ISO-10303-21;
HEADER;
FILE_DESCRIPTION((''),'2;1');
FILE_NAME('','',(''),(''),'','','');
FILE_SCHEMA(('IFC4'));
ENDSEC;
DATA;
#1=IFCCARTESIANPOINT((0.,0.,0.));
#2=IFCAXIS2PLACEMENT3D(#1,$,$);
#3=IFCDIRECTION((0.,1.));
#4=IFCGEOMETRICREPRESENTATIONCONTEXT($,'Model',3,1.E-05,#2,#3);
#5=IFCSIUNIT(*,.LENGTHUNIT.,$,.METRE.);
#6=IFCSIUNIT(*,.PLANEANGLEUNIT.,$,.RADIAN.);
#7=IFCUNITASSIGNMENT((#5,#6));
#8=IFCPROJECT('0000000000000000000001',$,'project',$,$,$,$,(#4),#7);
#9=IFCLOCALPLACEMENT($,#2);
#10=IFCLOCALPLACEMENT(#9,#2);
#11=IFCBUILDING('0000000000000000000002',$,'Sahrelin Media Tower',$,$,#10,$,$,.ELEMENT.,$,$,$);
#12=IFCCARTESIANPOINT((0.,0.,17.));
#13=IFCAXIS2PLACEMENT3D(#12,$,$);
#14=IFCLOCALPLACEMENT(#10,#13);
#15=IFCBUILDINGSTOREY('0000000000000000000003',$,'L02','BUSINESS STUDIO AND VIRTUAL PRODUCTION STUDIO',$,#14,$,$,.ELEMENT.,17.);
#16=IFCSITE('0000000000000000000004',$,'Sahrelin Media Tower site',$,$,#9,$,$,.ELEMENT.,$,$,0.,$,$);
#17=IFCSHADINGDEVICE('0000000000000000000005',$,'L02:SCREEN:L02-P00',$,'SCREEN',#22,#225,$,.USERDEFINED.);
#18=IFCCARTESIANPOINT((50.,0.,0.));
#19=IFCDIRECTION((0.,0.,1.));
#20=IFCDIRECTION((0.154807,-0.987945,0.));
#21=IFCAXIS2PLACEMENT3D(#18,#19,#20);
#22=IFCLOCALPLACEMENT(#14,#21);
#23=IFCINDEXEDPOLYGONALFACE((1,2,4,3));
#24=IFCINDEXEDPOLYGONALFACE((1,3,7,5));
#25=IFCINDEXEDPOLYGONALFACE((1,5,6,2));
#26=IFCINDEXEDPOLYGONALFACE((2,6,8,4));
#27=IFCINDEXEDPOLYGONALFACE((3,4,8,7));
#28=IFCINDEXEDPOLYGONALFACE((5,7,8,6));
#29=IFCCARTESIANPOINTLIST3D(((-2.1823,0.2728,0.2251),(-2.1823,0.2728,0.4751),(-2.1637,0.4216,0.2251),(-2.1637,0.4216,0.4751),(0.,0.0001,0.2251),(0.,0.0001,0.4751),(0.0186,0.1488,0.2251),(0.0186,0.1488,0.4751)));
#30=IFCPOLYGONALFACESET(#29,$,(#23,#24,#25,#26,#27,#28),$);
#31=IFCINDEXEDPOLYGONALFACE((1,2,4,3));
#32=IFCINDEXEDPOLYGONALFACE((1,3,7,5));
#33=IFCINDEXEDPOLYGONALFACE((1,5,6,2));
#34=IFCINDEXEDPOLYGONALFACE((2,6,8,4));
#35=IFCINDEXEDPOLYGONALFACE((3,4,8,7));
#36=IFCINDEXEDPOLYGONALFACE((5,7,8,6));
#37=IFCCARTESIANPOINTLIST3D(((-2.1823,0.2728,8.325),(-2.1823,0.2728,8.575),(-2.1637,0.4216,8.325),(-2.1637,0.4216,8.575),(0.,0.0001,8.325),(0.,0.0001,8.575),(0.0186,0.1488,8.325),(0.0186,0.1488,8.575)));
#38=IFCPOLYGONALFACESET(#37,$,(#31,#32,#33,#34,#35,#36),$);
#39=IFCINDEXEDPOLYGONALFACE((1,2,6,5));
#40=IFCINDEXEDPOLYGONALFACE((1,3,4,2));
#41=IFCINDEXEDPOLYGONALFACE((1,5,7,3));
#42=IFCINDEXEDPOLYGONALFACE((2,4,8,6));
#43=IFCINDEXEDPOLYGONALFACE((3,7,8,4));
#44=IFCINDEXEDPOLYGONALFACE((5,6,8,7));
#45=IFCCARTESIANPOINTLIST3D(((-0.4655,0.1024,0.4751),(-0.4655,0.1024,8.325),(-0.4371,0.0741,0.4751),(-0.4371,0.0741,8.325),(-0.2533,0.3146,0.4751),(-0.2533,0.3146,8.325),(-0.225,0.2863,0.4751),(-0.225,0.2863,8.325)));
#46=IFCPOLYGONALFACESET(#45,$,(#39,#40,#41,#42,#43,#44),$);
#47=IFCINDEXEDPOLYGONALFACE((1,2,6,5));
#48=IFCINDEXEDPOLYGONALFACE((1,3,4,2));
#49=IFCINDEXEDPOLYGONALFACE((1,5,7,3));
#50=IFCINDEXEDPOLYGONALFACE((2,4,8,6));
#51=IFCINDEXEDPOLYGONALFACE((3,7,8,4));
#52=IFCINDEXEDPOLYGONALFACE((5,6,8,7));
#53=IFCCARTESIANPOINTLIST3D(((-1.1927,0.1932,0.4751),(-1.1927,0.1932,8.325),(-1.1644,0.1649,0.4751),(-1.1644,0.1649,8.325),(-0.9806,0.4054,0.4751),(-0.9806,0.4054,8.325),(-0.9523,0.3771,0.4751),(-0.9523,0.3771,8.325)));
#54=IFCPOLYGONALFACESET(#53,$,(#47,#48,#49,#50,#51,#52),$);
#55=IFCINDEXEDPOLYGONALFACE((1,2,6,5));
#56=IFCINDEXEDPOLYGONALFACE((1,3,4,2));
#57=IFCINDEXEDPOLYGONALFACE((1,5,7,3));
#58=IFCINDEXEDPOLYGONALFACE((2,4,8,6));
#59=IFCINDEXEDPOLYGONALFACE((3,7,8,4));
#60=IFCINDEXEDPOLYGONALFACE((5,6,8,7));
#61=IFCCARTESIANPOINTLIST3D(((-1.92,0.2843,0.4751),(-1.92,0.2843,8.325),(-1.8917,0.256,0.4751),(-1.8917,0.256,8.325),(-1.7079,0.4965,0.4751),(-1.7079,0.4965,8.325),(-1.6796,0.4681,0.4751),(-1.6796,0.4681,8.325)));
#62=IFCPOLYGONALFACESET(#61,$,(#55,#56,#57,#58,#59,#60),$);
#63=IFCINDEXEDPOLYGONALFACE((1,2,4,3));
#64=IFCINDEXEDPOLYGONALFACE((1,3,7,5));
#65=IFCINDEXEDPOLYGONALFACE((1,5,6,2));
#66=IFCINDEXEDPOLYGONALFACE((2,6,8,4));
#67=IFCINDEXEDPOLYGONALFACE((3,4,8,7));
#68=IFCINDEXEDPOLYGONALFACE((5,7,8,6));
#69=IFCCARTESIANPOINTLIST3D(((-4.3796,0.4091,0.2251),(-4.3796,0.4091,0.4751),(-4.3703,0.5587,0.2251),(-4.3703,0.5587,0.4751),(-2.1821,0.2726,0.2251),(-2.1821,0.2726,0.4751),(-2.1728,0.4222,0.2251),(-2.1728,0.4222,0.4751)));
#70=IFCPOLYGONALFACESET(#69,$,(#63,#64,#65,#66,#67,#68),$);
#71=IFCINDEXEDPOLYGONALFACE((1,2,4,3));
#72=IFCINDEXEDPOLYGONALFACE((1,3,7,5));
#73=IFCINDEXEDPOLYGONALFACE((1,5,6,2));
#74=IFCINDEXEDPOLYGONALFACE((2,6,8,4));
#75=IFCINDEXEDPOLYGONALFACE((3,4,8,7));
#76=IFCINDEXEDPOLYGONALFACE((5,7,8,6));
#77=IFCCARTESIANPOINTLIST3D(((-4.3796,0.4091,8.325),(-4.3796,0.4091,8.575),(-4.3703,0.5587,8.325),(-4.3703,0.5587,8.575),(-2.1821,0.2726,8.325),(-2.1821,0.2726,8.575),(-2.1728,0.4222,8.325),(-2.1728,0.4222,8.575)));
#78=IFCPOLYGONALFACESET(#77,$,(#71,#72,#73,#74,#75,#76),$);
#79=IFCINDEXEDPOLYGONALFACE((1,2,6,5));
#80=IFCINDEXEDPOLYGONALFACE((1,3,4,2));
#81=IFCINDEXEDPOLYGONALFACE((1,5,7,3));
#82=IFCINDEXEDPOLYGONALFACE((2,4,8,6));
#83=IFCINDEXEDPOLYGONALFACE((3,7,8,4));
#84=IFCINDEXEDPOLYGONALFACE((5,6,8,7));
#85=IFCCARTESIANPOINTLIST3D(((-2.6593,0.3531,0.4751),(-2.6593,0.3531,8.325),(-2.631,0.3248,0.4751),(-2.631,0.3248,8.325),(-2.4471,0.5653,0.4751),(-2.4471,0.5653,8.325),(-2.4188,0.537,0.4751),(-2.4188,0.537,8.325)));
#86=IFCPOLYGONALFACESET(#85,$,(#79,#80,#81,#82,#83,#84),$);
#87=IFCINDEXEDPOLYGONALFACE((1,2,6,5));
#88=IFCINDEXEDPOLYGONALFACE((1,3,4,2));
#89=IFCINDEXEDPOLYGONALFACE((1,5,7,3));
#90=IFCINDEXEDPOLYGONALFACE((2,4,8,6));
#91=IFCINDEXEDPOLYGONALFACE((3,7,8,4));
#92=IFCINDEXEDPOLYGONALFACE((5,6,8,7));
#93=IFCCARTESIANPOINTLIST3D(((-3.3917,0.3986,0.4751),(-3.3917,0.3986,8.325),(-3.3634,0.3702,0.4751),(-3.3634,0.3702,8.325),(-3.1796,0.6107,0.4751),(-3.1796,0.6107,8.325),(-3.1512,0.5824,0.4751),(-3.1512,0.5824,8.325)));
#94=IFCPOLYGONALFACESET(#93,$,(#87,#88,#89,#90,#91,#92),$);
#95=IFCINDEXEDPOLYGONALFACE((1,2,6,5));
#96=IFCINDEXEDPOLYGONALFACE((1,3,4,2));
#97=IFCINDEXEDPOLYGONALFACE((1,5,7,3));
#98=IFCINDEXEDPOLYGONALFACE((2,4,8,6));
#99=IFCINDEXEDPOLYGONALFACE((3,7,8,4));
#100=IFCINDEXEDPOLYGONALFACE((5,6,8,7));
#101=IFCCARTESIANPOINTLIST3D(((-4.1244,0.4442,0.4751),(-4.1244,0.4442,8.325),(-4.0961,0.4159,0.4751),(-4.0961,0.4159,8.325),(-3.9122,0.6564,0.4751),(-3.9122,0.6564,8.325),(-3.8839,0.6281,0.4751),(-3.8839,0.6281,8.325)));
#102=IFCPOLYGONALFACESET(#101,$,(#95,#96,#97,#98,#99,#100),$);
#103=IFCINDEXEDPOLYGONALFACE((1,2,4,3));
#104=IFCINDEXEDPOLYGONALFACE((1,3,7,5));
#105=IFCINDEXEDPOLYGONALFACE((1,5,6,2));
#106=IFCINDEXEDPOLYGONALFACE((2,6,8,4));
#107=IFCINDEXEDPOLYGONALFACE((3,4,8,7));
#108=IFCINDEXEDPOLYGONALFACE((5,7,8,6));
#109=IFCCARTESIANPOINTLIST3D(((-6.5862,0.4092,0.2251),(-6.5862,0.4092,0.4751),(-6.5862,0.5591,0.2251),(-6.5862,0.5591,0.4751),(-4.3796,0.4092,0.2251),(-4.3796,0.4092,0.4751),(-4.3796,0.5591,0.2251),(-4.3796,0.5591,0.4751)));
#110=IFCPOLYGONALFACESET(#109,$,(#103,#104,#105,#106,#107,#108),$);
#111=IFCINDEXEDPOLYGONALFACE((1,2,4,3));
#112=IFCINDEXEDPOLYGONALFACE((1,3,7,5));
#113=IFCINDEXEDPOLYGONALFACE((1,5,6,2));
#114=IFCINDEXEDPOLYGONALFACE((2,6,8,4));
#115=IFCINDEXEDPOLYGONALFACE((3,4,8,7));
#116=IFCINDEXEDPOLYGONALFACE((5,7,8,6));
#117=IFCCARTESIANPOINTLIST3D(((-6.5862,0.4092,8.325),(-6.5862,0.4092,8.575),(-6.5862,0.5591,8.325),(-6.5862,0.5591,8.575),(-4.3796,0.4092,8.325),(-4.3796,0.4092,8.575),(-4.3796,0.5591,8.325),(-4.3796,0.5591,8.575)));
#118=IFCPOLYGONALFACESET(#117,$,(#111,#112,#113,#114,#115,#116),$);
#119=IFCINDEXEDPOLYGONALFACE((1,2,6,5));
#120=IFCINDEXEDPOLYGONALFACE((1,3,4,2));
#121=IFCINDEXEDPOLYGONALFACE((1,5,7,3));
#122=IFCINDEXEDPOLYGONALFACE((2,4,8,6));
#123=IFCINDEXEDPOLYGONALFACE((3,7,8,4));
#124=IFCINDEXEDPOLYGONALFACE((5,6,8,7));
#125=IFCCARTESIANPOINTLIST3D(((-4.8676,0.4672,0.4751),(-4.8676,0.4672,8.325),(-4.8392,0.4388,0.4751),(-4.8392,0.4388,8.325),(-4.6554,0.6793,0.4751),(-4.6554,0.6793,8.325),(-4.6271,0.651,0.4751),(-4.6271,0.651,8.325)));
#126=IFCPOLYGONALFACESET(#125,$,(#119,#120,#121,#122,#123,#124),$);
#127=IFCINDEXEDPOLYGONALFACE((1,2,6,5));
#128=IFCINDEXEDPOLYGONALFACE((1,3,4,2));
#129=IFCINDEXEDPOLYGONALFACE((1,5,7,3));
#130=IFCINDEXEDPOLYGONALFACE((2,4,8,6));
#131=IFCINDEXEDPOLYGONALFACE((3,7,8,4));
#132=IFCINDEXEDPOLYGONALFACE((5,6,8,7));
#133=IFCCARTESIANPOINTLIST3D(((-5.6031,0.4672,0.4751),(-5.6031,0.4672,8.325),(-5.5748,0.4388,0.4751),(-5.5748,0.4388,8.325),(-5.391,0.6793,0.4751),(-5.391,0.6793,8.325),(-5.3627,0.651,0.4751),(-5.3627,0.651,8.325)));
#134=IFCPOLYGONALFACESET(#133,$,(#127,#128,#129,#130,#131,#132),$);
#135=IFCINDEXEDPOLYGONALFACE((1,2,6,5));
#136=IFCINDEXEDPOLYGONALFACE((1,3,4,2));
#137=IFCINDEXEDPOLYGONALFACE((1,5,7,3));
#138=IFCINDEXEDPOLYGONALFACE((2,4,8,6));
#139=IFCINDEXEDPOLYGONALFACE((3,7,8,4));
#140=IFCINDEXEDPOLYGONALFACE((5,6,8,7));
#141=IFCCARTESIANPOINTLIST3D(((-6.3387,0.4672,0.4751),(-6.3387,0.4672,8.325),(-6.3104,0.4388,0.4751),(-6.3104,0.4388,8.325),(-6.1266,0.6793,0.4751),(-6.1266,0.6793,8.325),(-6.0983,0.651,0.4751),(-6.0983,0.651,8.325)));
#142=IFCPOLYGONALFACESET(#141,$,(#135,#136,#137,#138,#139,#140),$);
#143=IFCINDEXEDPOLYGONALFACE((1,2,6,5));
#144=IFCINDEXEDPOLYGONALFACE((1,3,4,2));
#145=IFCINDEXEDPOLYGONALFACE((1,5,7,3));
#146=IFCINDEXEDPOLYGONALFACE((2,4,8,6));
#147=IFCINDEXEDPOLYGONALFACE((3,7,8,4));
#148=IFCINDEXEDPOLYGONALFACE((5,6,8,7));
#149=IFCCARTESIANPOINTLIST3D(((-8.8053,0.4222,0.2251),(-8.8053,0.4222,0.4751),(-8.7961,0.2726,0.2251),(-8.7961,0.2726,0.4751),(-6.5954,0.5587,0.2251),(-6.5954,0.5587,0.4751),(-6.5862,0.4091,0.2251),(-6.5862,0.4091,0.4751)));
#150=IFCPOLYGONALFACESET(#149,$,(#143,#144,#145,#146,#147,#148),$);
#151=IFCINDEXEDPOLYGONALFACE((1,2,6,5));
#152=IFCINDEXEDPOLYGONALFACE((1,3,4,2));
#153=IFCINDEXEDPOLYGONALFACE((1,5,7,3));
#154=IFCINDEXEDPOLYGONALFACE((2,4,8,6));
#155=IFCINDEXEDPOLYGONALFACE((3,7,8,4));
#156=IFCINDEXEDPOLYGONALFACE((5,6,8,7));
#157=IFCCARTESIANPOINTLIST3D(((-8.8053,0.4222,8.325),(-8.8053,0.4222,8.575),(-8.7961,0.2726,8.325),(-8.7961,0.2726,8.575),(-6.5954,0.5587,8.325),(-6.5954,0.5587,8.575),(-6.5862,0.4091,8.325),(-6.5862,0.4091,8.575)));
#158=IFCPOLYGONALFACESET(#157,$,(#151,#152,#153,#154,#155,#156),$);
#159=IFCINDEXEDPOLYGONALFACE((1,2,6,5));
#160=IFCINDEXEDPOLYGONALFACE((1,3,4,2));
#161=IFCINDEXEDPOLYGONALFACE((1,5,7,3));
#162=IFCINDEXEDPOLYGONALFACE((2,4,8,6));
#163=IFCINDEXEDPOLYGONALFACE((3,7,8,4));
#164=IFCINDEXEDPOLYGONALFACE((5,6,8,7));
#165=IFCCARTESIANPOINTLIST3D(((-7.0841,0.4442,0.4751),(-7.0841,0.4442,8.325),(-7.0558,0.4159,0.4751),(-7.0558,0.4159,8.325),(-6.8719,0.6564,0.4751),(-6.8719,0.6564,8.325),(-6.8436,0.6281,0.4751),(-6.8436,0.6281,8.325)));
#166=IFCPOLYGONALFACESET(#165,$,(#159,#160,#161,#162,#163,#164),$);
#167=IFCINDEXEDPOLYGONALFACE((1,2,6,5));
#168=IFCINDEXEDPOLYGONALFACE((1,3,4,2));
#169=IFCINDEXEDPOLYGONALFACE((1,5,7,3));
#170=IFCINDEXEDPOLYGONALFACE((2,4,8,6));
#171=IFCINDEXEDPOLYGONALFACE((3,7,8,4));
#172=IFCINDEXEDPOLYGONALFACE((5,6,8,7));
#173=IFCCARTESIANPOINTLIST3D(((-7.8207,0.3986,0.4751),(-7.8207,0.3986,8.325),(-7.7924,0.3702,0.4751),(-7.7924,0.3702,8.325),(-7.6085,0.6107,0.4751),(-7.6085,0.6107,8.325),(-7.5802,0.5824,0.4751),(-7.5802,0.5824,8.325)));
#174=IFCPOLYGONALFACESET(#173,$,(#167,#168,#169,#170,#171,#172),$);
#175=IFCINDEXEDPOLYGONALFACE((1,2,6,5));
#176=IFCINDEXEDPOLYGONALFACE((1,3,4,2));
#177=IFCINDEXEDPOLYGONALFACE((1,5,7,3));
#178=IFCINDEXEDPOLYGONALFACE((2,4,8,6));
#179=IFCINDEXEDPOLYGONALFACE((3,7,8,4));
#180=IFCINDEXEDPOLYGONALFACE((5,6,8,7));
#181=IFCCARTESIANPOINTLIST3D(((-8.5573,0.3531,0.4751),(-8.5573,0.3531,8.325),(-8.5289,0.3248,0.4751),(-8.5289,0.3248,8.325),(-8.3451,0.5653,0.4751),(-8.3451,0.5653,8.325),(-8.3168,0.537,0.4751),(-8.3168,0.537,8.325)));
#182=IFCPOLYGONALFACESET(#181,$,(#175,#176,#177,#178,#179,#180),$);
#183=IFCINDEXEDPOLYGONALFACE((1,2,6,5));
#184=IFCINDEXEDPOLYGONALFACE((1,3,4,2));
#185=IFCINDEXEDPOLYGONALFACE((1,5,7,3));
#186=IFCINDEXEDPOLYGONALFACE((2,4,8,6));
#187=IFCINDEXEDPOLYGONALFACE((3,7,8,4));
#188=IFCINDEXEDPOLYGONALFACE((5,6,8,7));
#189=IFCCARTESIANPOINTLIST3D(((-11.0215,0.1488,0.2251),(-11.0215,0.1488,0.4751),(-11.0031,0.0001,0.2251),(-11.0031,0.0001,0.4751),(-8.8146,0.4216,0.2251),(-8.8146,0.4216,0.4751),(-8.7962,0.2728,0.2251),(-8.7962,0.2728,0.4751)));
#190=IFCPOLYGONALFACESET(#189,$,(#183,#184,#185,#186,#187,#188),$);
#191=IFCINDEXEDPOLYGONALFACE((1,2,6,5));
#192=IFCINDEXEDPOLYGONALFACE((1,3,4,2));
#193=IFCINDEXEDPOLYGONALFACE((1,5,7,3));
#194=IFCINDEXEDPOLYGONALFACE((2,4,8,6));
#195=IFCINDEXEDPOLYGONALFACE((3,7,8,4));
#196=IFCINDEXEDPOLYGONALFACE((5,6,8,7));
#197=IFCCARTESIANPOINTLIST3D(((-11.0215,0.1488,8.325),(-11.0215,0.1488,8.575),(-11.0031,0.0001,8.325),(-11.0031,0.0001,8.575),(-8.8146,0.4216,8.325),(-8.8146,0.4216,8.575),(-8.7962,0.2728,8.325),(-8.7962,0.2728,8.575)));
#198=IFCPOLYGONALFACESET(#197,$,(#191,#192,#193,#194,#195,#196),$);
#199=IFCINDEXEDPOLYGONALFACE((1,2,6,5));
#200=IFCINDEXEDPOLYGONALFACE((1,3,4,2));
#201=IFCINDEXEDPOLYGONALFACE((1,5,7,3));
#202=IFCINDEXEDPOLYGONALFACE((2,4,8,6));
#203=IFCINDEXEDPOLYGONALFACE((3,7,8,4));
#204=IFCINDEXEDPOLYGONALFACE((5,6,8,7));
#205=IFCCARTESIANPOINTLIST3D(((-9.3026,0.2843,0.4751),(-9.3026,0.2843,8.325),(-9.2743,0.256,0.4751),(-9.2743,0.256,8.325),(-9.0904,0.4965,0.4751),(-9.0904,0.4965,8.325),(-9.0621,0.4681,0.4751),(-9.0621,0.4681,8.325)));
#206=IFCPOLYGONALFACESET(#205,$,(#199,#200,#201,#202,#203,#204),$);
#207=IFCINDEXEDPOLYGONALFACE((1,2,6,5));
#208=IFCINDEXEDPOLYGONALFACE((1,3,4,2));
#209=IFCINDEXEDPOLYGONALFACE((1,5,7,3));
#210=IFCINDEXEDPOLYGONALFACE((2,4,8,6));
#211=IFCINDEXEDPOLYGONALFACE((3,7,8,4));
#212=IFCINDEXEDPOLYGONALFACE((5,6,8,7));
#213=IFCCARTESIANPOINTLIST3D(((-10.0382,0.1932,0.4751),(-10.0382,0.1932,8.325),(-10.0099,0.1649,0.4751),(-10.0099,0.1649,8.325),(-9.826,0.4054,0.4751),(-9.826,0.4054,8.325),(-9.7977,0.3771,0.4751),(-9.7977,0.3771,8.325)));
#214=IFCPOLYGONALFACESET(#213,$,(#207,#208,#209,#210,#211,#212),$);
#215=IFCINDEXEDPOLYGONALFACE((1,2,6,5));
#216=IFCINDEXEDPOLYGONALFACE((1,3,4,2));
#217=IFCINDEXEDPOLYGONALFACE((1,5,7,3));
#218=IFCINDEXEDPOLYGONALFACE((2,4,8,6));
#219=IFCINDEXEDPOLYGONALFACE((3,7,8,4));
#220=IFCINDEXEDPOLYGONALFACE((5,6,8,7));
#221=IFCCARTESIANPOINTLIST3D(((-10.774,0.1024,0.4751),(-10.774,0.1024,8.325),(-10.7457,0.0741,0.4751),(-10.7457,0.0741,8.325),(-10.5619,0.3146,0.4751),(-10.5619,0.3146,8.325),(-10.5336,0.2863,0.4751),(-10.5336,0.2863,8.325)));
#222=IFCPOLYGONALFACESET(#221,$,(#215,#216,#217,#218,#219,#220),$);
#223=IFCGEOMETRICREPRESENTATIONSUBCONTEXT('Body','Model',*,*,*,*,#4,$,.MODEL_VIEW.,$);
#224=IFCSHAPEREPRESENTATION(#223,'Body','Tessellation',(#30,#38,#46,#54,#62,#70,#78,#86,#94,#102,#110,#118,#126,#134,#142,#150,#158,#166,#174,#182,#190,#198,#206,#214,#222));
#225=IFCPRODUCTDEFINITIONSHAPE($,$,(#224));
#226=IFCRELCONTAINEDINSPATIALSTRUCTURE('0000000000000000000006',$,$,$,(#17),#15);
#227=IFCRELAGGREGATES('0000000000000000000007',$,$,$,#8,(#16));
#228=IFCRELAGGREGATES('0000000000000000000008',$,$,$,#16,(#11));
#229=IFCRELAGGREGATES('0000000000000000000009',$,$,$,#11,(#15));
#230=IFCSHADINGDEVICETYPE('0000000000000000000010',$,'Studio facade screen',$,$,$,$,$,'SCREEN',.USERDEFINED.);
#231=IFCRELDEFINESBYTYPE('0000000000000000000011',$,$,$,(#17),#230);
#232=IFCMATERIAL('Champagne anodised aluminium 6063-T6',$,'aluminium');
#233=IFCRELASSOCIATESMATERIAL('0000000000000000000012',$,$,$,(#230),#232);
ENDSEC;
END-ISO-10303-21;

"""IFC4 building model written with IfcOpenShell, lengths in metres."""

from ifc_helpers import new_model, si_unit, direction, frame, origin, origin_2d, place, context, subcontext, project, spatial, rectangle, extrude, material, type_object, element, save


model = new_model("IFC4")

# Units and contexts
model_context = context("Model", 3, precision=1e-05, world=origin(), true_north=direction((0.0, 1.0)))
body_context = subcontext(model_context, "Body", "Model", "MODEL_VIEW")
ifc_project = project(units=[si_unit("LENGTHUNIT", "METRE"), si_unit("PLANEANGLEUNIT", "RADIAN")], contexts=[model_context])

# Site, building, storey
site_placement = place(None, origin())
site = spatial("IfcSite", under=ifc_project, at=site_placement, Name="Sahrelin Media Tower site", CompositionType="ELEMENT", RefElevation=0.0)
building_placement = place(site_placement, origin())
building = spatial("IfcBuilding", under=site, at=building_placement, Name="Sahrelin Media Tower", CompositionType="ELEMENT")
storey_placement = place(building_placement, frame((0.0, 0.0, 17.0)))
storey = spatial("IfcBuildingStorey", under=building, at=storey_placement, Name="L02", Description="BUSINESS STUDIO AND VIRTUAL PRODUCTION STUDIO", CompositionType="ELEMENT", Elevation=17.0)

# Shading device
ifc_material_1 = material(Name="Champagne anodised aluminium 6063-T6", Category="aluminium")
shading_device_type = type_object("IfcShadingDeviceType", Name="Studio facade screen", ElementType="SCREEN", PredefinedType="USERDEFINED", material=ifc_material_1)
shading_device_placement = place(storey_placement, frame((50.0, 0.0, 0.0), z_axis=(0.0, 0.0, 1.0), x_axis=(0.154807, -0.987945, 0.0)))
element("IfcShadingDevice", 1, at=shading_device_placement, inside=storey, type_object=shading_device_type, Name="L02:SCREEN:L02-P00", ObjectType="SCREEN", PredefinedType="USERDEFINED", context=body_context, shape_type="SweptSolid", body=[
    extrude(rectangle(XDim=0.1499, YDim=0.25, at=origin_2d()), frame((0.0093, 0.0745, 0.3501), z_axis=(-0.992281, 0.124007, 0.0), x_axis=(-0.124007, -0.992281, 0.0)), (0.0, 0.0, 1.0), 2.1992),
    extrude(rectangle(XDim=0.1499, YDim=0.25, at=origin_2d()), frame((0.0093, 0.0745, 8.45), z_axis=(-0.992281, 0.124007, 0.0), x_axis=(-0.124007, -0.992281, 0.0)), (0.0, 0.0, 1.0), 2.1992),
    extrude(rectangle(XDim=0.3, YDim=0.04, at=origin_2d()), frame((-0.3452, 0.1943, 0.4751), z_axis=(0.0, 0.0, 1.0), x_axis=(0.707107, 0.707107, 0.0)), (0.0, 0.0, 1.0), 7.8499),
    extrude(rectangle(XDim=0.3, YDim=0.04, at=origin_2d()), frame((-1.0725, 0.2852, 0.4751), z_axis=(0.0, 0.0, 1.0), x_axis=(0.707107, 0.707107, 0.0)), (0.0, 0.0, 1.0), 7.8499),
    extrude(rectangle(XDim=0.3, YDim=0.04, at=origin_2d()), frame((-1.7998, 0.3762, 0.4751), z_axis=(0.0, 0.0, 1.0), x_axis=(0.707107, 0.707107, 0.0)), (0.0, 0.0, 1.0), 7.8499),
    extrude(rectangle(XDim=0.1499, YDim=0.25, at=origin_2d()), frame((-2.1775, 0.3474, 0.3501), z_axis=(-0.998077, 0.061985, 0.0), x_axis=(-0.061985, -0.998077, 0.0)), (0.0, 0.0, 1.0), 2.2017),
    extrude(rectangle(XDim=0.1499, YDim=0.25, at=origin_2d()), frame((-2.1775, 0.3474, 8.45), z_axis=(-0.998077, 0.061985, 0.0), x_axis=(-0.061985, -0.998077, 0.0)), (0.0, 0.0, 1.0), 2.2017),
    extrude(rectangle(XDim=0.3, YDim=0.04, at=origin_2d()), frame((-2.5391, 0.4451, 0.4751), z_axis=(0.0, 0.0, 1.0), x_axis=(0.707107, 0.707107, 0.0)), (0.0, 0.0, 1.0), 7.8499),
    extrude(rectangle(XDim=0.3, YDim=0.04, at=origin_2d()), frame((-3.2715, 0.4905, 0.4751), z_axis=(0.0, 0.0, 1.0), x_axis=(0.707107, 0.707107, 0.0)), (0.0, 0.0, 1.0), 7.8499),
    extrude(rectangle(XDim=0.3, YDim=0.04, at=origin_2d()), frame((-4.0042, 0.5361, 0.4751), z_axis=(0.0, 0.0, 1.0), x_axis=(0.707107, 0.707107, 0.0)), (0.0, 0.0, 1.0), 7.8499),
    extrude(rectangle(XDim=0.1499, YDim=0.25, at=origin_2d()), frame((-4.3796, 0.4841, 0.3501), z_axis=(-1.0, 0.0, 0.0), x_axis=(0.0, -1.0, 0.0)), (0.0, 0.0, 1.0), 2.2065),
    extrude(rectangle(XDim=0.1499, YDim=0.25, at=origin_2d()), frame((-4.3796, 0.4841, 8.45), z_axis=(-1.0, 0.0, 0.0), x_axis=(0.0, -1.0, 0.0)), (0.0, 0.0, 1.0), 2.2065),
    extrude(rectangle(XDim=0.3, YDim=0.04, at=origin_2d()), frame((-4.7473, 0.5591, 0.4751), z_axis=(0.0, 0.0, 1.0), x_axis=(0.707107, 0.707107, 0.0)), (0.0, 0.0, 1.0), 7.8499),
    extrude(rectangle(XDim=0.3, YDim=0.04, at=origin_2d()), frame((-5.4829, 0.5591, 0.4751), z_axis=(0.0, 0.0, 1.0), x_axis=(0.707107, 0.707107, 0.0)), (0.0, 0.0, 1.0), 7.8499),
    extrude(rectangle(XDim=0.3, YDim=0.04, at=origin_2d()), frame((-6.2185, 0.5591, 0.4751), z_axis=(0.0, 0.0, 1.0), x_axis=(0.707107, 0.707107, 0.0)), (0.0, 0.0, 1.0), 7.8499),
    extrude(rectangle(XDim=0.1499, YDim=0.25, at=origin_2d()), frame((-6.5908, 0.4839, 0.3501), z_axis=(-0.998099, -0.061637, 0.0), x_axis=(0.061637, -0.998099, 0.0)), (0.0, 0.0, 1.0), 2.2141),
    extrude(rectangle(XDim=0.1499, YDim=0.25, at=origin_2d()), frame((-6.5908, 0.4839, 8.45), z_axis=(-0.998099, -0.061637, 0.0), x_axis=(0.061637, -0.998099, 0.0)), (0.0, 0.0, 1.0), 2.2141),
    extrude(rectangle(XDim=0.3, YDim=0.04, at=origin_2d()), frame((-6.9639, 0.5361, 0.4751), z_axis=(0.0, 0.0, 1.0), x_axis=(0.707107, 0.707107, 0.0)), (0.0, 0.0, 1.0), 7.8499),
    extrude(rectangle(XDim=0.3, YDim=0.04, at=origin_2d()), frame((-7.7004, 0.4905, 0.4751), z_axis=(0.0, 0.0, 1.0), x_axis=(0.707107, 0.707107, 0.0)), (0.0, 0.0, 1.0), 7.8499),
    extrude(rectangle(XDim=0.3, YDim=0.04, at=origin_2d()), frame((-8.437, 0.4451, 0.4751), z_axis=(0.0, 0.0, 1.0), x_axis=(0.707107, 0.707107, 0.0)), (0.0, 0.0, 1.0), 7.8499),
    extrude(rectangle(XDim=0.1499, YDim=0.25, at=origin_2d()), frame((-8.8054, 0.3472, 0.3501), z_axis=(-0.992451, -0.122643, 0.0), x_axis=(0.122643, -0.992451, 0.0)), (0.0, 0.0, 1.0), 2.2236),
    extrude(rectangle(XDim=0.1499, YDim=0.25, at=origin_2d()), frame((-8.8054, 0.3472, 8.45), z_axis=(-0.992451, -0.122643, 0.0), x_axis=(0.122643, -0.992451, 0.0)), (0.0, 0.0, 1.0), 2.2236),
    extrude(rectangle(XDim=0.3, YDim=0.04, at=origin_2d()), frame((-9.1824, 0.3762, 0.4751), z_axis=(0.0, 0.0, 1.0), x_axis=(0.707107, 0.707107, 0.0)), (0.0, 0.0, 1.0), 7.8499),
    extrude(rectangle(XDim=0.3, YDim=0.04, at=origin_2d()), frame((-9.918, 0.2852, 0.4751), z_axis=(0.0, 0.0, 1.0), x_axis=(0.707107, 0.707107, 0.0)), (0.0, 0.0, 1.0), 7.8499),
    extrude(rectangle(XDim=0.3, YDim=0.04, at=origin_2d()), frame((-10.6538, 0.1943, 0.4751), z_axis=(0.0, 0.0, 1.0), x_axis=(0.707107, 0.707107, 0.0)), (0.0, 0.0, 1.0), 7.8499),
])

save(model, "model.ifc")
